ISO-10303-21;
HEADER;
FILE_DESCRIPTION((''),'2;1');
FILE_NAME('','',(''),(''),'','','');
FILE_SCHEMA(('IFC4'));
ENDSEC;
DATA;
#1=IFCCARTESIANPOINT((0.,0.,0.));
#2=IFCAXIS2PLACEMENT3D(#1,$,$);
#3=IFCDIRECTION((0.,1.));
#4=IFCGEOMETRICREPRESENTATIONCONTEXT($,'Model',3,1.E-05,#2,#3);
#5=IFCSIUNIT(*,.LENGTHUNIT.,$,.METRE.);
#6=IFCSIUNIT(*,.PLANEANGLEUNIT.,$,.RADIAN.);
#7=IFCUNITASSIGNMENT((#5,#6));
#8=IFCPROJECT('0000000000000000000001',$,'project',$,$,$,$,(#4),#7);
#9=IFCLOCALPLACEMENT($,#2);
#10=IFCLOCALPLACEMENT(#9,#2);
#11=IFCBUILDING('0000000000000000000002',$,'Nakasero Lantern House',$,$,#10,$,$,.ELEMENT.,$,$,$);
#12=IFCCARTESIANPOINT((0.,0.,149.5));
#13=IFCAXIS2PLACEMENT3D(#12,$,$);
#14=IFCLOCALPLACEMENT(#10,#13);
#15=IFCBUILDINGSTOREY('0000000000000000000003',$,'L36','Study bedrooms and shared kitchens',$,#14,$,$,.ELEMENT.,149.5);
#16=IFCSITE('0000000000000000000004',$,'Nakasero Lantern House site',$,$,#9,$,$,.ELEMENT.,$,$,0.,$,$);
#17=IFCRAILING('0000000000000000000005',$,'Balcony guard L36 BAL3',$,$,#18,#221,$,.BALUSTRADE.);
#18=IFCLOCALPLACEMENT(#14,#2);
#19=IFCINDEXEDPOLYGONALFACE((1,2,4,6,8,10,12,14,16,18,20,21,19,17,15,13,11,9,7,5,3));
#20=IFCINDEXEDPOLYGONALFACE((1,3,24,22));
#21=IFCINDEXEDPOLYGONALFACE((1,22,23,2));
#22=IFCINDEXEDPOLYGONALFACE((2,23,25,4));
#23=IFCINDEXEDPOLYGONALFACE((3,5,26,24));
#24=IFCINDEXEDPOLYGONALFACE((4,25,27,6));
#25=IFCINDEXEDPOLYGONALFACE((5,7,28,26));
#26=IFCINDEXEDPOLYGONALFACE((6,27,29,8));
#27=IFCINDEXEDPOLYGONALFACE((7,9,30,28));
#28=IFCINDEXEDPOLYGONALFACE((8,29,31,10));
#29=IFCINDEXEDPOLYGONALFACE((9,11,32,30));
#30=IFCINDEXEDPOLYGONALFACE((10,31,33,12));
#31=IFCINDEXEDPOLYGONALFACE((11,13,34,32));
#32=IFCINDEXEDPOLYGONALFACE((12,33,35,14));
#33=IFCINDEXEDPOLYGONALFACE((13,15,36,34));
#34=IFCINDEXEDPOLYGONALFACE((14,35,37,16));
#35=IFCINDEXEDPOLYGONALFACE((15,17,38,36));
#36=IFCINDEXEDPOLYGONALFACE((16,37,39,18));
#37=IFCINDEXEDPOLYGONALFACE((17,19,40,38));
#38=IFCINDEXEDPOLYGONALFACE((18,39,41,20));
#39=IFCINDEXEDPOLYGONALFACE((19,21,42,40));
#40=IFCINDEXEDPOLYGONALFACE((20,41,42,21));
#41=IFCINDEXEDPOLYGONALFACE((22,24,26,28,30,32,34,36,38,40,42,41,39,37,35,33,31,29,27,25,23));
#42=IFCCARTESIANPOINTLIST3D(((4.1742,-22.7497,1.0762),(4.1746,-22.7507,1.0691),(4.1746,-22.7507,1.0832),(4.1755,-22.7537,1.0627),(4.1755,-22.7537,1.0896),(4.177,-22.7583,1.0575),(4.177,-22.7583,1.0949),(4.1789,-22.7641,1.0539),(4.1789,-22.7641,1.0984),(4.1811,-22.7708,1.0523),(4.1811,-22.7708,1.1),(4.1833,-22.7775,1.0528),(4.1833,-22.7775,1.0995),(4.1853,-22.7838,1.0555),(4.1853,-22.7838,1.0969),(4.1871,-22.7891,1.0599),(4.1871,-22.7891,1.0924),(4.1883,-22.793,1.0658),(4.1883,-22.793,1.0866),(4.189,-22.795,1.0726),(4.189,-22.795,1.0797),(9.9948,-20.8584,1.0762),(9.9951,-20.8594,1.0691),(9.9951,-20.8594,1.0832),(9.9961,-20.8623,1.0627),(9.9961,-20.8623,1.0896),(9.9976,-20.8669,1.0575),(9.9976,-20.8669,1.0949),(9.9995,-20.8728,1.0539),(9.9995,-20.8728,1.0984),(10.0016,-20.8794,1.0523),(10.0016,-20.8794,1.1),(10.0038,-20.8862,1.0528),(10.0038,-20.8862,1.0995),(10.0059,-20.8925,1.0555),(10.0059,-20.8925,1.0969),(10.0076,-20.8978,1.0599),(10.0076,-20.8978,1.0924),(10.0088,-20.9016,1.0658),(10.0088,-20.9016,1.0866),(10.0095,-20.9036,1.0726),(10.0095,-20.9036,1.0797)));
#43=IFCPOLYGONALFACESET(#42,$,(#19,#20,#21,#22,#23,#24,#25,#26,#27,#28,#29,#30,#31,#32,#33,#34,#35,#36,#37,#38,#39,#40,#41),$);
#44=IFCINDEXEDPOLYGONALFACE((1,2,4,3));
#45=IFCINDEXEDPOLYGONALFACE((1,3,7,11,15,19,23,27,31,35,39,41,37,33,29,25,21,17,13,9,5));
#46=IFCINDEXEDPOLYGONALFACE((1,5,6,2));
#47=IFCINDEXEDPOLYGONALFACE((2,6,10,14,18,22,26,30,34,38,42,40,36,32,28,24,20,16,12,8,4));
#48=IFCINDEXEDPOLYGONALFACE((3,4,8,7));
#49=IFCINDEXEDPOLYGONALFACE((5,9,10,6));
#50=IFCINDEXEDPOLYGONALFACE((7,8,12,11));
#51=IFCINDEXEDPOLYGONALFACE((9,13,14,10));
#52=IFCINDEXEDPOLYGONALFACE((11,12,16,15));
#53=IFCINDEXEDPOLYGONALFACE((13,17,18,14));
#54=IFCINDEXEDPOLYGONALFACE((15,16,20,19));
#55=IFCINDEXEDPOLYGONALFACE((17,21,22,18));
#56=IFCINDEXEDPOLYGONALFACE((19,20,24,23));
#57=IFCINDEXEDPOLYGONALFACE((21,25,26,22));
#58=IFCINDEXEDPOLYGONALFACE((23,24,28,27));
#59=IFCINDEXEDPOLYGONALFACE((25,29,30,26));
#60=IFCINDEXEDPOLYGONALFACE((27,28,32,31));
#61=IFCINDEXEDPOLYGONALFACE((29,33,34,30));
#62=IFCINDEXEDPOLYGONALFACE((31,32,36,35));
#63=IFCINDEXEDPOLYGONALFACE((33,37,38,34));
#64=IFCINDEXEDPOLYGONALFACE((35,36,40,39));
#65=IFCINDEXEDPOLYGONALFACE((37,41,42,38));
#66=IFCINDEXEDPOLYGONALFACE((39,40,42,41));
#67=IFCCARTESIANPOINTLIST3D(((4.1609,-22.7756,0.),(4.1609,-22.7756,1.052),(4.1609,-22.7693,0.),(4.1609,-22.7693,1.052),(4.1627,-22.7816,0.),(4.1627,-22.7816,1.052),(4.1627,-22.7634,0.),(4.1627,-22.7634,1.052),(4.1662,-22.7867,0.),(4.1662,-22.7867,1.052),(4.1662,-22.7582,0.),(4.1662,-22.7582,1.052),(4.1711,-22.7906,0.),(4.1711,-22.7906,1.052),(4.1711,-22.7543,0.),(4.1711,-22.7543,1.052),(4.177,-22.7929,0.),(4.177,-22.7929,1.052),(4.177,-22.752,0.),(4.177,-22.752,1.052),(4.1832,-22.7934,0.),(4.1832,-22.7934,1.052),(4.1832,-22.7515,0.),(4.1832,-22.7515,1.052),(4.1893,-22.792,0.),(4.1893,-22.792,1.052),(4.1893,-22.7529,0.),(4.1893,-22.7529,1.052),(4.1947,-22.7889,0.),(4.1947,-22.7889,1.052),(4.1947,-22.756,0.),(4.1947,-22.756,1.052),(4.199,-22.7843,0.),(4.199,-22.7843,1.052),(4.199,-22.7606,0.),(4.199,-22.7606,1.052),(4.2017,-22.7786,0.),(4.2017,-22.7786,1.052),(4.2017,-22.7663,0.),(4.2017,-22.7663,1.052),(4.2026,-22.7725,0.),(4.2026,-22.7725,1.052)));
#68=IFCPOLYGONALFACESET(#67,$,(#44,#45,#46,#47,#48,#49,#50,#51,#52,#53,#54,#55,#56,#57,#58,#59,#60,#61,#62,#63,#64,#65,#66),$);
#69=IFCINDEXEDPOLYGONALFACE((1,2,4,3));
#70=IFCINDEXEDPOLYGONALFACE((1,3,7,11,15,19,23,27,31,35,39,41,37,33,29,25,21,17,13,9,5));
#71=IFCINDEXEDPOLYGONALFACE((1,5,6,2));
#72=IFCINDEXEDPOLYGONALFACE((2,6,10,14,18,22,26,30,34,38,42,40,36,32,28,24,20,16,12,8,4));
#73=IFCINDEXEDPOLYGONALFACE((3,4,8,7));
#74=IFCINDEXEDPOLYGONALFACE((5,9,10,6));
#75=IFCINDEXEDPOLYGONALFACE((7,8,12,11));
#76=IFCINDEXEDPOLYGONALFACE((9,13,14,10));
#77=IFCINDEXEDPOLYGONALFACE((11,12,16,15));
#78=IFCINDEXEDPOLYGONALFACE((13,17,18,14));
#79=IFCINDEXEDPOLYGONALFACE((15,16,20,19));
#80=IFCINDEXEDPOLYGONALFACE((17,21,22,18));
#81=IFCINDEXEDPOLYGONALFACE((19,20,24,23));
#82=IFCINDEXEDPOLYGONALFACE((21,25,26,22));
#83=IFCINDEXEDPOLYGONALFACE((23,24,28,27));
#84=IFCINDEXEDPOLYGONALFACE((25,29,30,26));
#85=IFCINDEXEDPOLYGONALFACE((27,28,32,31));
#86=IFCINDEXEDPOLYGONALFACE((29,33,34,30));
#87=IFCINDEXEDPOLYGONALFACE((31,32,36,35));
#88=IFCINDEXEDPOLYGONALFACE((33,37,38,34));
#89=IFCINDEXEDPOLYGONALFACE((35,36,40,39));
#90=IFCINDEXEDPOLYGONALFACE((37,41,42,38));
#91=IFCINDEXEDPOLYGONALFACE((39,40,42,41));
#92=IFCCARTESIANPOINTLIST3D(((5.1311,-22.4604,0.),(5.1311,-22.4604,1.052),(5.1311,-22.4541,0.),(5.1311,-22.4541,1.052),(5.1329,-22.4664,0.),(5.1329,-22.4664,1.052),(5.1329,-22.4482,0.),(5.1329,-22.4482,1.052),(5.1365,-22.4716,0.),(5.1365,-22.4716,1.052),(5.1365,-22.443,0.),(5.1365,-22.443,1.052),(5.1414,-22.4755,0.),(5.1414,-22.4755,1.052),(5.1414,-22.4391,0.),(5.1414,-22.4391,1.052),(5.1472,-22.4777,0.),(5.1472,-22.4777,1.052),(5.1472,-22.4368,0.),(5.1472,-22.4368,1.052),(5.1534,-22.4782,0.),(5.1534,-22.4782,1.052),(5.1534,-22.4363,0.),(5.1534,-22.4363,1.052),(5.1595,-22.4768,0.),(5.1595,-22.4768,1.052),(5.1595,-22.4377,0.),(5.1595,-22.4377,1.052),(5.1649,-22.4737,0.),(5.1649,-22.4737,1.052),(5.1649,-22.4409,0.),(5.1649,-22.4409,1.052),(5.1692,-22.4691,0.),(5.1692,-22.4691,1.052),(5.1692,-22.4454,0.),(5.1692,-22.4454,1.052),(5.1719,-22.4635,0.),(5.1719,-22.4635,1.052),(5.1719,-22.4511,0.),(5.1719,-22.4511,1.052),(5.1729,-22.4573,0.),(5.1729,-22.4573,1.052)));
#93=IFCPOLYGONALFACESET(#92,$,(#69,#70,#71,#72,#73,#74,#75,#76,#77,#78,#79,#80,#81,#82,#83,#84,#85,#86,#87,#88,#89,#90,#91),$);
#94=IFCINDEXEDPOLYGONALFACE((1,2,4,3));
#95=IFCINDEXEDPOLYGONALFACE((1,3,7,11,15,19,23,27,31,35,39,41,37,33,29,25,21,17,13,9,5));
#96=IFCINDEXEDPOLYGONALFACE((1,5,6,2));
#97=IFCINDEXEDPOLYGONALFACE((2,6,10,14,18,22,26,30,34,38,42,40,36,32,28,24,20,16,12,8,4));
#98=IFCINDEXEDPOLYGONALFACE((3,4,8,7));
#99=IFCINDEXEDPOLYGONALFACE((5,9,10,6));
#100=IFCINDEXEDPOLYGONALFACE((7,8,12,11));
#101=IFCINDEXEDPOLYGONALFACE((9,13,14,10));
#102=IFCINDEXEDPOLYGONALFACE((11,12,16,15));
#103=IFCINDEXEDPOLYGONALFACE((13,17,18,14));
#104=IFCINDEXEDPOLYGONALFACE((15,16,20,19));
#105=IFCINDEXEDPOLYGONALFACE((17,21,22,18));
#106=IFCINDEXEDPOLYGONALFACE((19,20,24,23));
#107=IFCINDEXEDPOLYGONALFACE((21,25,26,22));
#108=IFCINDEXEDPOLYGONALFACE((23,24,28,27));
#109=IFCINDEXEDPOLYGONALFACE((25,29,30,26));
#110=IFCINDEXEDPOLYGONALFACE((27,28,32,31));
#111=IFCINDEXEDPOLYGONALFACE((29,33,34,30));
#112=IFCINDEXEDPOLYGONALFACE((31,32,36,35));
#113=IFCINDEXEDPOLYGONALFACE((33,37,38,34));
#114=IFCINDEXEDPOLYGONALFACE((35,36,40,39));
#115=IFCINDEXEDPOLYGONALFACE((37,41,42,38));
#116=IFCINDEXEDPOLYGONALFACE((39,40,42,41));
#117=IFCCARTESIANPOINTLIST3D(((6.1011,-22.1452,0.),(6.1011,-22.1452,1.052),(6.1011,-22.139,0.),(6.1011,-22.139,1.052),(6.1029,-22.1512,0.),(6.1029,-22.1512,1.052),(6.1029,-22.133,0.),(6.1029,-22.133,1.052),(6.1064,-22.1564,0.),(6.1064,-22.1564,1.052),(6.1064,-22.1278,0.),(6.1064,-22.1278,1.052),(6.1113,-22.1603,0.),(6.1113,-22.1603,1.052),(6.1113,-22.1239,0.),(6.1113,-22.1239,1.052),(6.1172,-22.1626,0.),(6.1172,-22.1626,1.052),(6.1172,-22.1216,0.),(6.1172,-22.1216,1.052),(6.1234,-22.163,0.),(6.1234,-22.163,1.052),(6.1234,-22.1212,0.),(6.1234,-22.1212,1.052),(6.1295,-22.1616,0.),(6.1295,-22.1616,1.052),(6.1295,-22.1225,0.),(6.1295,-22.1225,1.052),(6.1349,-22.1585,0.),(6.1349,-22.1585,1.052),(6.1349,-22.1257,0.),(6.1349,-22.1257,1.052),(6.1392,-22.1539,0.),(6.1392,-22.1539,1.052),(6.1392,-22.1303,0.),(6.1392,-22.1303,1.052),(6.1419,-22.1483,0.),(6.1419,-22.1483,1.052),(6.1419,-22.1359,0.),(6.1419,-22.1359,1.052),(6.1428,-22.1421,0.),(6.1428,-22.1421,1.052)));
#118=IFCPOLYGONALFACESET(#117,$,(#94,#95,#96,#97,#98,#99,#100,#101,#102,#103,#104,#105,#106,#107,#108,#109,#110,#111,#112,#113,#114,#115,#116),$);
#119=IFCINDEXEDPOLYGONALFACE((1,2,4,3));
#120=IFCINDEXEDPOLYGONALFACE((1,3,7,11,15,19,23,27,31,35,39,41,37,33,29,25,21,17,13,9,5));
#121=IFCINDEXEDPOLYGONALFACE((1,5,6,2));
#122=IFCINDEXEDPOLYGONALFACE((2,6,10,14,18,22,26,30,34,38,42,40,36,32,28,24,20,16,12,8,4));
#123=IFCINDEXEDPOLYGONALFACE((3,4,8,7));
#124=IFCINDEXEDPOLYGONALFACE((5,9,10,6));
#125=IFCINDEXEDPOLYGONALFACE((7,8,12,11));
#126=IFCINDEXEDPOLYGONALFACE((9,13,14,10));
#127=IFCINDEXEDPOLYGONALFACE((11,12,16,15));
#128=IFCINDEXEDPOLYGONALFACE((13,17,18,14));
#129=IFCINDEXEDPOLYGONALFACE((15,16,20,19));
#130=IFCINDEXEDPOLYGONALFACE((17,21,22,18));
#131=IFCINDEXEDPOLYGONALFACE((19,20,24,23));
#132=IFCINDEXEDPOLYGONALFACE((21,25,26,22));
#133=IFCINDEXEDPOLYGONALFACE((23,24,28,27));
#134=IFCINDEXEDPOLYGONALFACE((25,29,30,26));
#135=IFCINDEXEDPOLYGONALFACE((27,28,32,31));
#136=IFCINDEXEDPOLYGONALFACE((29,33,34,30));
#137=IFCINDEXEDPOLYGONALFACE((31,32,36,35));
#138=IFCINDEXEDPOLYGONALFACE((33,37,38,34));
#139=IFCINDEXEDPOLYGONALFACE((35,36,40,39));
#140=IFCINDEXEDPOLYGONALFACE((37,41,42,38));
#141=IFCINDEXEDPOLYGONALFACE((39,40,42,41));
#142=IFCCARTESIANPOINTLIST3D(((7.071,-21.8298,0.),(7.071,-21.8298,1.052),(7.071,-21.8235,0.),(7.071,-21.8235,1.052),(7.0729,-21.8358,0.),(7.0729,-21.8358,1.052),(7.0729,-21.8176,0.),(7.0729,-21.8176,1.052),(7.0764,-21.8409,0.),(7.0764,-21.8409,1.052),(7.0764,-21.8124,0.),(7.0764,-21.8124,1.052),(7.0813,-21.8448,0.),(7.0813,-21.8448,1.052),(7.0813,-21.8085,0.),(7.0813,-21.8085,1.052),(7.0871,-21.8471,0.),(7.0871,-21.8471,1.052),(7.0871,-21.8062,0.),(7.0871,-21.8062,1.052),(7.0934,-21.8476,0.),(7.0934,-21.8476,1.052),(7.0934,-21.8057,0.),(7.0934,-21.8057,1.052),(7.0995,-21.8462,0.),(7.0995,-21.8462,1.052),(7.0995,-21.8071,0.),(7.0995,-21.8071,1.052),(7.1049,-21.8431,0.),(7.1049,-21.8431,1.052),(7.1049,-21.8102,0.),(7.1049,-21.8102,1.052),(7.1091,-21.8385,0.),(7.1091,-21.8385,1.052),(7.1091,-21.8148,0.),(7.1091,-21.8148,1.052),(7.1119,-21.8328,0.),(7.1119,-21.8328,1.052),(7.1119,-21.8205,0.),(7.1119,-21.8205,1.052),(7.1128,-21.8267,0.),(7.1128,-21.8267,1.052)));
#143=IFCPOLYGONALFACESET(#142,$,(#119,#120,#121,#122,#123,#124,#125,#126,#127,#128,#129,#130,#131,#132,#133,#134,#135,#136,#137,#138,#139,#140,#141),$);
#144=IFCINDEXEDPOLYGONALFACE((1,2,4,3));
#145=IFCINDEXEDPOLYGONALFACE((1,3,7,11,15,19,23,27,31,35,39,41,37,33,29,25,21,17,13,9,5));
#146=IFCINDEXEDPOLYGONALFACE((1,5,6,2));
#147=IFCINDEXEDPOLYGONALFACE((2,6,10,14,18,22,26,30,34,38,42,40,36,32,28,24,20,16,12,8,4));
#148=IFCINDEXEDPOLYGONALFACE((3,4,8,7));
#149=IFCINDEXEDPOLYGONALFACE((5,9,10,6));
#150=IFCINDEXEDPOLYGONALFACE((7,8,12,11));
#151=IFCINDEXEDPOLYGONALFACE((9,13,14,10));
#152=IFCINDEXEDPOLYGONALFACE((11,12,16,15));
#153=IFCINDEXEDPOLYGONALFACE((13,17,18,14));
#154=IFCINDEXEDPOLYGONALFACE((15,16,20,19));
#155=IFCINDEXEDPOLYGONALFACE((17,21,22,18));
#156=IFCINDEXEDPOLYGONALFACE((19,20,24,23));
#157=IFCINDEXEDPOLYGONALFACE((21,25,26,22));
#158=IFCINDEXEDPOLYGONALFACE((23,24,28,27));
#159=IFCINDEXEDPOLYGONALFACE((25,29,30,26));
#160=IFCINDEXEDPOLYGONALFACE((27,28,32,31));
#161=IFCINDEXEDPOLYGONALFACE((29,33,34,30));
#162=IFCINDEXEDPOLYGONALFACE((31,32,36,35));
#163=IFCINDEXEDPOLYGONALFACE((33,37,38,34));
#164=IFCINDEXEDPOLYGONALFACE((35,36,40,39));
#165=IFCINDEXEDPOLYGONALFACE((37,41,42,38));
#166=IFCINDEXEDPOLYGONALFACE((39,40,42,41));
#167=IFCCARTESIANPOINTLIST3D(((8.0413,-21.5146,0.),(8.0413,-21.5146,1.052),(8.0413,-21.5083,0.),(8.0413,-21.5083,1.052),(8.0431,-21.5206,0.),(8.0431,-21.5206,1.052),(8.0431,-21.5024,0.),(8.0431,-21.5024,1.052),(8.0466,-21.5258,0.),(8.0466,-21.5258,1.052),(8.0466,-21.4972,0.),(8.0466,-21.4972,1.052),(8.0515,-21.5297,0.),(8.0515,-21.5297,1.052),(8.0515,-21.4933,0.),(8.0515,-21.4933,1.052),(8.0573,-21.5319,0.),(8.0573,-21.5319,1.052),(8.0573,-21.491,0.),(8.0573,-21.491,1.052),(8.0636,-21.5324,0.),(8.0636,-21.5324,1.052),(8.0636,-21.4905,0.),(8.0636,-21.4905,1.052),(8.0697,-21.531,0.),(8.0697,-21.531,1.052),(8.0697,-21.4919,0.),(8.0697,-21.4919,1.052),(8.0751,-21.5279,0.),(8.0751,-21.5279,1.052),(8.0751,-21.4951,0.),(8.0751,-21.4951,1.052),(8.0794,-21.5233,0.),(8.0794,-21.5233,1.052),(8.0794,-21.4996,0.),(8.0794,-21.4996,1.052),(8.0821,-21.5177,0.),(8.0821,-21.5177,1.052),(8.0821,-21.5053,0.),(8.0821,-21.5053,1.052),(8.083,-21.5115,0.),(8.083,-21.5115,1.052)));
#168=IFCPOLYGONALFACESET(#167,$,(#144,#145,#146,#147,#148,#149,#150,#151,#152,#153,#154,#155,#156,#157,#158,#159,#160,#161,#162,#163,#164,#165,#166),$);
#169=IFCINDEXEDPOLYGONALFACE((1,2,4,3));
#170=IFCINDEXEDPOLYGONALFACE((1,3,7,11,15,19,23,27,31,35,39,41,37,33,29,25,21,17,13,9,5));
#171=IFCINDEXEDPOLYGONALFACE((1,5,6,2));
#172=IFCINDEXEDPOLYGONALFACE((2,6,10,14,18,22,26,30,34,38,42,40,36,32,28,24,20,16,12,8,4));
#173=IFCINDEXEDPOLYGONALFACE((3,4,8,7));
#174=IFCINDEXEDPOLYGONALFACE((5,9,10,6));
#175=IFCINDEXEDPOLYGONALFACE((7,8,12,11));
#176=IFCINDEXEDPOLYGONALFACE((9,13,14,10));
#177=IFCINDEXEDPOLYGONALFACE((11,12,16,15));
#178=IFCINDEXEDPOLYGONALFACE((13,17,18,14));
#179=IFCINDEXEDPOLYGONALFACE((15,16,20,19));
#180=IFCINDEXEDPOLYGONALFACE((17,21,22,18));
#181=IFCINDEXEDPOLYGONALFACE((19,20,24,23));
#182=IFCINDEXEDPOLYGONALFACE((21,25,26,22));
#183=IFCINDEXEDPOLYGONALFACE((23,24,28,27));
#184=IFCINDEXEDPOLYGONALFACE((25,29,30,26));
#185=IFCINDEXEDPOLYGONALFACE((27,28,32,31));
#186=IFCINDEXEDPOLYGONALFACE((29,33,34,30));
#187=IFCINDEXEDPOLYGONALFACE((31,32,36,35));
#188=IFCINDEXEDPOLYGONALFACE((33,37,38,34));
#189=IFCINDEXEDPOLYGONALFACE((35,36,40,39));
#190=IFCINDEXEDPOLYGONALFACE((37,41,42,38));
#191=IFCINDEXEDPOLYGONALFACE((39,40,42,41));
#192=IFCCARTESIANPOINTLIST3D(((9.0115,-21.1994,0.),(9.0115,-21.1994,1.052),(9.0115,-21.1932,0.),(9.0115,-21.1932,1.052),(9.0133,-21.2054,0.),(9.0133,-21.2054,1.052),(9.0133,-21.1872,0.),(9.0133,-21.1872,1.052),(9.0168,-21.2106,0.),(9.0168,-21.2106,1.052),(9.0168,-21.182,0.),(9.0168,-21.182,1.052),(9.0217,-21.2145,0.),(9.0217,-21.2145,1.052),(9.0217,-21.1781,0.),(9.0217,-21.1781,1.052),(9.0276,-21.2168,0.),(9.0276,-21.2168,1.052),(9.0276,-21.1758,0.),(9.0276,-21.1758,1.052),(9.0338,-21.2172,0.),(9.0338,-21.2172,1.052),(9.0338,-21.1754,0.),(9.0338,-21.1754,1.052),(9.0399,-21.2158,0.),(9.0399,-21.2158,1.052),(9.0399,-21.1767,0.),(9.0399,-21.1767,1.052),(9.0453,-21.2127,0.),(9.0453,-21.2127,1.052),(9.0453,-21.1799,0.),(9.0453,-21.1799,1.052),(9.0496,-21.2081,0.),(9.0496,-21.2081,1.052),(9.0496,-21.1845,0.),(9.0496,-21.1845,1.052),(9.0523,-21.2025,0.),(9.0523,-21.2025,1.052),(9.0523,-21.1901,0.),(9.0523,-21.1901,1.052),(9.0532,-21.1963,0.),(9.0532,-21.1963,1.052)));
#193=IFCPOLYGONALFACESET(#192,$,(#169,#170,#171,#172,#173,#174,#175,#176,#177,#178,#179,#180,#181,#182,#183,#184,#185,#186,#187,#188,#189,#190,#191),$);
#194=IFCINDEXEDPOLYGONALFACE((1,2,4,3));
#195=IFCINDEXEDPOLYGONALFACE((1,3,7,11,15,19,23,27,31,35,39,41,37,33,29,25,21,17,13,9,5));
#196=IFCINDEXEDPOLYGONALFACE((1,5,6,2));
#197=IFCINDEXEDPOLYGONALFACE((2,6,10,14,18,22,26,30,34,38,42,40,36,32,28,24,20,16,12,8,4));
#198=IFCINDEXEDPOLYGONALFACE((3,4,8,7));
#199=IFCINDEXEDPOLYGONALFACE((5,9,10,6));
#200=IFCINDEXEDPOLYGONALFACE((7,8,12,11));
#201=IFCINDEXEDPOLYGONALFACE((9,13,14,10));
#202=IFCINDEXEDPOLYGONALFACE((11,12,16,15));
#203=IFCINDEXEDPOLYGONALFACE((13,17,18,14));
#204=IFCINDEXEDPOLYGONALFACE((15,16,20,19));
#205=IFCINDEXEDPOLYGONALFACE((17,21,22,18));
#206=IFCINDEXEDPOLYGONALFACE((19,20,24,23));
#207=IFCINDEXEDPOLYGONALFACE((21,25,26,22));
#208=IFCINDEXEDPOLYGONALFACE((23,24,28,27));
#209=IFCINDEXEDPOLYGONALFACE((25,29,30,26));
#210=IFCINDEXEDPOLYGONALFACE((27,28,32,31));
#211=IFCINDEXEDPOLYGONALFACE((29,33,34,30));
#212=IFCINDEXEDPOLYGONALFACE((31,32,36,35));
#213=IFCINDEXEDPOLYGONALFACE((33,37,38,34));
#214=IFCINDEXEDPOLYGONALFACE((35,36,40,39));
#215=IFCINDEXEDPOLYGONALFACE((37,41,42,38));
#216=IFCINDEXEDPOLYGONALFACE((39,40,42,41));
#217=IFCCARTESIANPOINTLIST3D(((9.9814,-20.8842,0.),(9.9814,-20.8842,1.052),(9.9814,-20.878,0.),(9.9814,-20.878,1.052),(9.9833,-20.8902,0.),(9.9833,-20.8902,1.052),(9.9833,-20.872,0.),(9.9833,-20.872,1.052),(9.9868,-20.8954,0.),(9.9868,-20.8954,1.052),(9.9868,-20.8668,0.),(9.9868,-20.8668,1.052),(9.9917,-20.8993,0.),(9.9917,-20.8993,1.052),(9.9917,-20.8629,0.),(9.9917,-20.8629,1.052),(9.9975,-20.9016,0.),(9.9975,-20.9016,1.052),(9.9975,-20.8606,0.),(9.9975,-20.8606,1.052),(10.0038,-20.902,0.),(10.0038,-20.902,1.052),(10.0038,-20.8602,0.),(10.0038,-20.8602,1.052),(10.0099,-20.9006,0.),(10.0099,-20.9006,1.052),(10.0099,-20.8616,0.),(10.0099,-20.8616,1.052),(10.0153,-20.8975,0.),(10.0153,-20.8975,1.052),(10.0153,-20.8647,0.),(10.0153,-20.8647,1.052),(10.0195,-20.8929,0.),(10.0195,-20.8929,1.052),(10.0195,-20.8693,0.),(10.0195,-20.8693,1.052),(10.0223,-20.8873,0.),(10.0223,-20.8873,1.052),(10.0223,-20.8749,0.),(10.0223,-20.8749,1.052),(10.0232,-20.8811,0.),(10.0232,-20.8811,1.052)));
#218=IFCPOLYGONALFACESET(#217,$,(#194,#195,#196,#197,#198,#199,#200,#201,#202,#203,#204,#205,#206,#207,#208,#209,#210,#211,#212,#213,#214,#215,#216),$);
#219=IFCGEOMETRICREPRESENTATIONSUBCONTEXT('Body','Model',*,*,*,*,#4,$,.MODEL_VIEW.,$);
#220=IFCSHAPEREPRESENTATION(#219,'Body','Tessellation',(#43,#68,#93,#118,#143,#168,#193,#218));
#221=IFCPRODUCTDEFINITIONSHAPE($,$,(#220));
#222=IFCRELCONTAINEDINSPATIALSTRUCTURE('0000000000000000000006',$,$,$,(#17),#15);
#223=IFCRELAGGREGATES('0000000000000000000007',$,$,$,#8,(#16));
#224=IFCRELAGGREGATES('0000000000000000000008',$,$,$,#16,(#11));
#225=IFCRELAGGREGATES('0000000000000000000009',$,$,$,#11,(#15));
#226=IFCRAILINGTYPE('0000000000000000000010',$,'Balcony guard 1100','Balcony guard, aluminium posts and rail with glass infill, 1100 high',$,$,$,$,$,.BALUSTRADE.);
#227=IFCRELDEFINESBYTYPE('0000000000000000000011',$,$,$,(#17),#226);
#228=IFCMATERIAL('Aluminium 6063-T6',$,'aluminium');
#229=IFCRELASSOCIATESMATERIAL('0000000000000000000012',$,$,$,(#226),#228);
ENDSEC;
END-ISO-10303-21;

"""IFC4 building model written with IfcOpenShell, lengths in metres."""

from ifc_helpers import new_model, si_unit, direction, frame, origin, origin_2d, place, context, subcontext, project, spatial, circle, extrude, material, type_object, element, save


model = new_model("IFC4")

# Units and contexts
model_context = context("Model", 3, precision=1e-05, world=origin(), true_north=direction((0.0, 1.0)))
body_context = subcontext(model_context, "Body", "Model", "MODEL_VIEW")
ifc_project = project(units=[si_unit("LENGTHUNIT", "METRE"), si_unit("PLANEANGLEUNIT", "RADIAN")], contexts=[model_context])

# Site, building, storey
site_placement = place(None, origin())
site = spatial("IfcSite", under=ifc_project, at=site_placement, Name="Nakasero Lantern House site", CompositionType="ELEMENT", RefElevation=0.0)
building_placement = place(site_placement, origin())
building = spatial("IfcBuilding", under=site, at=building_placement, Name="Nakasero Lantern House", CompositionType="ELEMENT")
storey_placement = place(building_placement, frame((0.0, 0.0, 149.5)))
storey = spatial("IfcBuildingStorey", under=building, at=storey_placement, Name="L36", Description="Study bedrooms and shared kitchens", CompositionType="ELEMENT", Elevation=149.5)

# Railing
ifc_material_1 = material(Name="Aluminium 6063-T6", Category="aluminium")
railing_type = type_object("IfcRailingType", Name="Balcony guard 1100", Description="Balcony guard, aluminium posts and rail with glass infill, 1100 high", PredefinedType="BALUSTRADE", material=ifc_material_1)
railing_placement = place(storey_placement, frame((4.1816, -22.7725, 0.0)))
element("IfcRailing", 1, at=railing_placement, inside=storey, type_object=railing_type, Name="Balcony guard L36 BAL3", PredefinedType="BALUSTRADE", context=body_context, shape_type="SweptSolid", body=[
    extrude(circle(Radius=0.0239, at=origin_2d()), frame((0.0, 0.0, 1.0762), z_axis=(0.95105, 0.309038, 0.0), x_axis=(-0.309038, 0.95105, 0.0)), (0.0, 0.0, 1.0), 6.1201),
    extrude(circle(Radius=0.021, at=origin_2d()), origin(), (0.0, 0.0, 1.0), 1.052),
    extrude(circle(Radius=0.021, at=origin_2d()), frame((0.9702, 0.3152, 0.0)), (0.0, 0.0, 1.0), 1.052),
    extrude(circle(Radius=0.021, at=origin_2d()), frame((1.9402, 0.6304, 0.0)), (0.0, 0.0, 1.0), 1.052),
    extrude(circle(Radius=0.021, at=origin_2d()), frame((2.9102, 0.9458, 0.0)), (0.0, 0.0, 1.0), 1.052),
    extrude(circle(Radius=0.021, at=origin_2d()), frame((3.8804, 1.261, 0.0)), (0.0, 0.0, 1.0), 1.052),
    extrude(circle(Radius=0.021, at=origin_2d()), frame((4.8506, 1.5762, 0.0)), (0.0, 0.0, 1.0), 1.052),
    extrude(circle(Radius=0.021, at=origin_2d()), frame((5.8206, 1.8914, 0.0)), (0.0, 0.0, 1.0), 1.052),
])

save(model, "model.ifc")
